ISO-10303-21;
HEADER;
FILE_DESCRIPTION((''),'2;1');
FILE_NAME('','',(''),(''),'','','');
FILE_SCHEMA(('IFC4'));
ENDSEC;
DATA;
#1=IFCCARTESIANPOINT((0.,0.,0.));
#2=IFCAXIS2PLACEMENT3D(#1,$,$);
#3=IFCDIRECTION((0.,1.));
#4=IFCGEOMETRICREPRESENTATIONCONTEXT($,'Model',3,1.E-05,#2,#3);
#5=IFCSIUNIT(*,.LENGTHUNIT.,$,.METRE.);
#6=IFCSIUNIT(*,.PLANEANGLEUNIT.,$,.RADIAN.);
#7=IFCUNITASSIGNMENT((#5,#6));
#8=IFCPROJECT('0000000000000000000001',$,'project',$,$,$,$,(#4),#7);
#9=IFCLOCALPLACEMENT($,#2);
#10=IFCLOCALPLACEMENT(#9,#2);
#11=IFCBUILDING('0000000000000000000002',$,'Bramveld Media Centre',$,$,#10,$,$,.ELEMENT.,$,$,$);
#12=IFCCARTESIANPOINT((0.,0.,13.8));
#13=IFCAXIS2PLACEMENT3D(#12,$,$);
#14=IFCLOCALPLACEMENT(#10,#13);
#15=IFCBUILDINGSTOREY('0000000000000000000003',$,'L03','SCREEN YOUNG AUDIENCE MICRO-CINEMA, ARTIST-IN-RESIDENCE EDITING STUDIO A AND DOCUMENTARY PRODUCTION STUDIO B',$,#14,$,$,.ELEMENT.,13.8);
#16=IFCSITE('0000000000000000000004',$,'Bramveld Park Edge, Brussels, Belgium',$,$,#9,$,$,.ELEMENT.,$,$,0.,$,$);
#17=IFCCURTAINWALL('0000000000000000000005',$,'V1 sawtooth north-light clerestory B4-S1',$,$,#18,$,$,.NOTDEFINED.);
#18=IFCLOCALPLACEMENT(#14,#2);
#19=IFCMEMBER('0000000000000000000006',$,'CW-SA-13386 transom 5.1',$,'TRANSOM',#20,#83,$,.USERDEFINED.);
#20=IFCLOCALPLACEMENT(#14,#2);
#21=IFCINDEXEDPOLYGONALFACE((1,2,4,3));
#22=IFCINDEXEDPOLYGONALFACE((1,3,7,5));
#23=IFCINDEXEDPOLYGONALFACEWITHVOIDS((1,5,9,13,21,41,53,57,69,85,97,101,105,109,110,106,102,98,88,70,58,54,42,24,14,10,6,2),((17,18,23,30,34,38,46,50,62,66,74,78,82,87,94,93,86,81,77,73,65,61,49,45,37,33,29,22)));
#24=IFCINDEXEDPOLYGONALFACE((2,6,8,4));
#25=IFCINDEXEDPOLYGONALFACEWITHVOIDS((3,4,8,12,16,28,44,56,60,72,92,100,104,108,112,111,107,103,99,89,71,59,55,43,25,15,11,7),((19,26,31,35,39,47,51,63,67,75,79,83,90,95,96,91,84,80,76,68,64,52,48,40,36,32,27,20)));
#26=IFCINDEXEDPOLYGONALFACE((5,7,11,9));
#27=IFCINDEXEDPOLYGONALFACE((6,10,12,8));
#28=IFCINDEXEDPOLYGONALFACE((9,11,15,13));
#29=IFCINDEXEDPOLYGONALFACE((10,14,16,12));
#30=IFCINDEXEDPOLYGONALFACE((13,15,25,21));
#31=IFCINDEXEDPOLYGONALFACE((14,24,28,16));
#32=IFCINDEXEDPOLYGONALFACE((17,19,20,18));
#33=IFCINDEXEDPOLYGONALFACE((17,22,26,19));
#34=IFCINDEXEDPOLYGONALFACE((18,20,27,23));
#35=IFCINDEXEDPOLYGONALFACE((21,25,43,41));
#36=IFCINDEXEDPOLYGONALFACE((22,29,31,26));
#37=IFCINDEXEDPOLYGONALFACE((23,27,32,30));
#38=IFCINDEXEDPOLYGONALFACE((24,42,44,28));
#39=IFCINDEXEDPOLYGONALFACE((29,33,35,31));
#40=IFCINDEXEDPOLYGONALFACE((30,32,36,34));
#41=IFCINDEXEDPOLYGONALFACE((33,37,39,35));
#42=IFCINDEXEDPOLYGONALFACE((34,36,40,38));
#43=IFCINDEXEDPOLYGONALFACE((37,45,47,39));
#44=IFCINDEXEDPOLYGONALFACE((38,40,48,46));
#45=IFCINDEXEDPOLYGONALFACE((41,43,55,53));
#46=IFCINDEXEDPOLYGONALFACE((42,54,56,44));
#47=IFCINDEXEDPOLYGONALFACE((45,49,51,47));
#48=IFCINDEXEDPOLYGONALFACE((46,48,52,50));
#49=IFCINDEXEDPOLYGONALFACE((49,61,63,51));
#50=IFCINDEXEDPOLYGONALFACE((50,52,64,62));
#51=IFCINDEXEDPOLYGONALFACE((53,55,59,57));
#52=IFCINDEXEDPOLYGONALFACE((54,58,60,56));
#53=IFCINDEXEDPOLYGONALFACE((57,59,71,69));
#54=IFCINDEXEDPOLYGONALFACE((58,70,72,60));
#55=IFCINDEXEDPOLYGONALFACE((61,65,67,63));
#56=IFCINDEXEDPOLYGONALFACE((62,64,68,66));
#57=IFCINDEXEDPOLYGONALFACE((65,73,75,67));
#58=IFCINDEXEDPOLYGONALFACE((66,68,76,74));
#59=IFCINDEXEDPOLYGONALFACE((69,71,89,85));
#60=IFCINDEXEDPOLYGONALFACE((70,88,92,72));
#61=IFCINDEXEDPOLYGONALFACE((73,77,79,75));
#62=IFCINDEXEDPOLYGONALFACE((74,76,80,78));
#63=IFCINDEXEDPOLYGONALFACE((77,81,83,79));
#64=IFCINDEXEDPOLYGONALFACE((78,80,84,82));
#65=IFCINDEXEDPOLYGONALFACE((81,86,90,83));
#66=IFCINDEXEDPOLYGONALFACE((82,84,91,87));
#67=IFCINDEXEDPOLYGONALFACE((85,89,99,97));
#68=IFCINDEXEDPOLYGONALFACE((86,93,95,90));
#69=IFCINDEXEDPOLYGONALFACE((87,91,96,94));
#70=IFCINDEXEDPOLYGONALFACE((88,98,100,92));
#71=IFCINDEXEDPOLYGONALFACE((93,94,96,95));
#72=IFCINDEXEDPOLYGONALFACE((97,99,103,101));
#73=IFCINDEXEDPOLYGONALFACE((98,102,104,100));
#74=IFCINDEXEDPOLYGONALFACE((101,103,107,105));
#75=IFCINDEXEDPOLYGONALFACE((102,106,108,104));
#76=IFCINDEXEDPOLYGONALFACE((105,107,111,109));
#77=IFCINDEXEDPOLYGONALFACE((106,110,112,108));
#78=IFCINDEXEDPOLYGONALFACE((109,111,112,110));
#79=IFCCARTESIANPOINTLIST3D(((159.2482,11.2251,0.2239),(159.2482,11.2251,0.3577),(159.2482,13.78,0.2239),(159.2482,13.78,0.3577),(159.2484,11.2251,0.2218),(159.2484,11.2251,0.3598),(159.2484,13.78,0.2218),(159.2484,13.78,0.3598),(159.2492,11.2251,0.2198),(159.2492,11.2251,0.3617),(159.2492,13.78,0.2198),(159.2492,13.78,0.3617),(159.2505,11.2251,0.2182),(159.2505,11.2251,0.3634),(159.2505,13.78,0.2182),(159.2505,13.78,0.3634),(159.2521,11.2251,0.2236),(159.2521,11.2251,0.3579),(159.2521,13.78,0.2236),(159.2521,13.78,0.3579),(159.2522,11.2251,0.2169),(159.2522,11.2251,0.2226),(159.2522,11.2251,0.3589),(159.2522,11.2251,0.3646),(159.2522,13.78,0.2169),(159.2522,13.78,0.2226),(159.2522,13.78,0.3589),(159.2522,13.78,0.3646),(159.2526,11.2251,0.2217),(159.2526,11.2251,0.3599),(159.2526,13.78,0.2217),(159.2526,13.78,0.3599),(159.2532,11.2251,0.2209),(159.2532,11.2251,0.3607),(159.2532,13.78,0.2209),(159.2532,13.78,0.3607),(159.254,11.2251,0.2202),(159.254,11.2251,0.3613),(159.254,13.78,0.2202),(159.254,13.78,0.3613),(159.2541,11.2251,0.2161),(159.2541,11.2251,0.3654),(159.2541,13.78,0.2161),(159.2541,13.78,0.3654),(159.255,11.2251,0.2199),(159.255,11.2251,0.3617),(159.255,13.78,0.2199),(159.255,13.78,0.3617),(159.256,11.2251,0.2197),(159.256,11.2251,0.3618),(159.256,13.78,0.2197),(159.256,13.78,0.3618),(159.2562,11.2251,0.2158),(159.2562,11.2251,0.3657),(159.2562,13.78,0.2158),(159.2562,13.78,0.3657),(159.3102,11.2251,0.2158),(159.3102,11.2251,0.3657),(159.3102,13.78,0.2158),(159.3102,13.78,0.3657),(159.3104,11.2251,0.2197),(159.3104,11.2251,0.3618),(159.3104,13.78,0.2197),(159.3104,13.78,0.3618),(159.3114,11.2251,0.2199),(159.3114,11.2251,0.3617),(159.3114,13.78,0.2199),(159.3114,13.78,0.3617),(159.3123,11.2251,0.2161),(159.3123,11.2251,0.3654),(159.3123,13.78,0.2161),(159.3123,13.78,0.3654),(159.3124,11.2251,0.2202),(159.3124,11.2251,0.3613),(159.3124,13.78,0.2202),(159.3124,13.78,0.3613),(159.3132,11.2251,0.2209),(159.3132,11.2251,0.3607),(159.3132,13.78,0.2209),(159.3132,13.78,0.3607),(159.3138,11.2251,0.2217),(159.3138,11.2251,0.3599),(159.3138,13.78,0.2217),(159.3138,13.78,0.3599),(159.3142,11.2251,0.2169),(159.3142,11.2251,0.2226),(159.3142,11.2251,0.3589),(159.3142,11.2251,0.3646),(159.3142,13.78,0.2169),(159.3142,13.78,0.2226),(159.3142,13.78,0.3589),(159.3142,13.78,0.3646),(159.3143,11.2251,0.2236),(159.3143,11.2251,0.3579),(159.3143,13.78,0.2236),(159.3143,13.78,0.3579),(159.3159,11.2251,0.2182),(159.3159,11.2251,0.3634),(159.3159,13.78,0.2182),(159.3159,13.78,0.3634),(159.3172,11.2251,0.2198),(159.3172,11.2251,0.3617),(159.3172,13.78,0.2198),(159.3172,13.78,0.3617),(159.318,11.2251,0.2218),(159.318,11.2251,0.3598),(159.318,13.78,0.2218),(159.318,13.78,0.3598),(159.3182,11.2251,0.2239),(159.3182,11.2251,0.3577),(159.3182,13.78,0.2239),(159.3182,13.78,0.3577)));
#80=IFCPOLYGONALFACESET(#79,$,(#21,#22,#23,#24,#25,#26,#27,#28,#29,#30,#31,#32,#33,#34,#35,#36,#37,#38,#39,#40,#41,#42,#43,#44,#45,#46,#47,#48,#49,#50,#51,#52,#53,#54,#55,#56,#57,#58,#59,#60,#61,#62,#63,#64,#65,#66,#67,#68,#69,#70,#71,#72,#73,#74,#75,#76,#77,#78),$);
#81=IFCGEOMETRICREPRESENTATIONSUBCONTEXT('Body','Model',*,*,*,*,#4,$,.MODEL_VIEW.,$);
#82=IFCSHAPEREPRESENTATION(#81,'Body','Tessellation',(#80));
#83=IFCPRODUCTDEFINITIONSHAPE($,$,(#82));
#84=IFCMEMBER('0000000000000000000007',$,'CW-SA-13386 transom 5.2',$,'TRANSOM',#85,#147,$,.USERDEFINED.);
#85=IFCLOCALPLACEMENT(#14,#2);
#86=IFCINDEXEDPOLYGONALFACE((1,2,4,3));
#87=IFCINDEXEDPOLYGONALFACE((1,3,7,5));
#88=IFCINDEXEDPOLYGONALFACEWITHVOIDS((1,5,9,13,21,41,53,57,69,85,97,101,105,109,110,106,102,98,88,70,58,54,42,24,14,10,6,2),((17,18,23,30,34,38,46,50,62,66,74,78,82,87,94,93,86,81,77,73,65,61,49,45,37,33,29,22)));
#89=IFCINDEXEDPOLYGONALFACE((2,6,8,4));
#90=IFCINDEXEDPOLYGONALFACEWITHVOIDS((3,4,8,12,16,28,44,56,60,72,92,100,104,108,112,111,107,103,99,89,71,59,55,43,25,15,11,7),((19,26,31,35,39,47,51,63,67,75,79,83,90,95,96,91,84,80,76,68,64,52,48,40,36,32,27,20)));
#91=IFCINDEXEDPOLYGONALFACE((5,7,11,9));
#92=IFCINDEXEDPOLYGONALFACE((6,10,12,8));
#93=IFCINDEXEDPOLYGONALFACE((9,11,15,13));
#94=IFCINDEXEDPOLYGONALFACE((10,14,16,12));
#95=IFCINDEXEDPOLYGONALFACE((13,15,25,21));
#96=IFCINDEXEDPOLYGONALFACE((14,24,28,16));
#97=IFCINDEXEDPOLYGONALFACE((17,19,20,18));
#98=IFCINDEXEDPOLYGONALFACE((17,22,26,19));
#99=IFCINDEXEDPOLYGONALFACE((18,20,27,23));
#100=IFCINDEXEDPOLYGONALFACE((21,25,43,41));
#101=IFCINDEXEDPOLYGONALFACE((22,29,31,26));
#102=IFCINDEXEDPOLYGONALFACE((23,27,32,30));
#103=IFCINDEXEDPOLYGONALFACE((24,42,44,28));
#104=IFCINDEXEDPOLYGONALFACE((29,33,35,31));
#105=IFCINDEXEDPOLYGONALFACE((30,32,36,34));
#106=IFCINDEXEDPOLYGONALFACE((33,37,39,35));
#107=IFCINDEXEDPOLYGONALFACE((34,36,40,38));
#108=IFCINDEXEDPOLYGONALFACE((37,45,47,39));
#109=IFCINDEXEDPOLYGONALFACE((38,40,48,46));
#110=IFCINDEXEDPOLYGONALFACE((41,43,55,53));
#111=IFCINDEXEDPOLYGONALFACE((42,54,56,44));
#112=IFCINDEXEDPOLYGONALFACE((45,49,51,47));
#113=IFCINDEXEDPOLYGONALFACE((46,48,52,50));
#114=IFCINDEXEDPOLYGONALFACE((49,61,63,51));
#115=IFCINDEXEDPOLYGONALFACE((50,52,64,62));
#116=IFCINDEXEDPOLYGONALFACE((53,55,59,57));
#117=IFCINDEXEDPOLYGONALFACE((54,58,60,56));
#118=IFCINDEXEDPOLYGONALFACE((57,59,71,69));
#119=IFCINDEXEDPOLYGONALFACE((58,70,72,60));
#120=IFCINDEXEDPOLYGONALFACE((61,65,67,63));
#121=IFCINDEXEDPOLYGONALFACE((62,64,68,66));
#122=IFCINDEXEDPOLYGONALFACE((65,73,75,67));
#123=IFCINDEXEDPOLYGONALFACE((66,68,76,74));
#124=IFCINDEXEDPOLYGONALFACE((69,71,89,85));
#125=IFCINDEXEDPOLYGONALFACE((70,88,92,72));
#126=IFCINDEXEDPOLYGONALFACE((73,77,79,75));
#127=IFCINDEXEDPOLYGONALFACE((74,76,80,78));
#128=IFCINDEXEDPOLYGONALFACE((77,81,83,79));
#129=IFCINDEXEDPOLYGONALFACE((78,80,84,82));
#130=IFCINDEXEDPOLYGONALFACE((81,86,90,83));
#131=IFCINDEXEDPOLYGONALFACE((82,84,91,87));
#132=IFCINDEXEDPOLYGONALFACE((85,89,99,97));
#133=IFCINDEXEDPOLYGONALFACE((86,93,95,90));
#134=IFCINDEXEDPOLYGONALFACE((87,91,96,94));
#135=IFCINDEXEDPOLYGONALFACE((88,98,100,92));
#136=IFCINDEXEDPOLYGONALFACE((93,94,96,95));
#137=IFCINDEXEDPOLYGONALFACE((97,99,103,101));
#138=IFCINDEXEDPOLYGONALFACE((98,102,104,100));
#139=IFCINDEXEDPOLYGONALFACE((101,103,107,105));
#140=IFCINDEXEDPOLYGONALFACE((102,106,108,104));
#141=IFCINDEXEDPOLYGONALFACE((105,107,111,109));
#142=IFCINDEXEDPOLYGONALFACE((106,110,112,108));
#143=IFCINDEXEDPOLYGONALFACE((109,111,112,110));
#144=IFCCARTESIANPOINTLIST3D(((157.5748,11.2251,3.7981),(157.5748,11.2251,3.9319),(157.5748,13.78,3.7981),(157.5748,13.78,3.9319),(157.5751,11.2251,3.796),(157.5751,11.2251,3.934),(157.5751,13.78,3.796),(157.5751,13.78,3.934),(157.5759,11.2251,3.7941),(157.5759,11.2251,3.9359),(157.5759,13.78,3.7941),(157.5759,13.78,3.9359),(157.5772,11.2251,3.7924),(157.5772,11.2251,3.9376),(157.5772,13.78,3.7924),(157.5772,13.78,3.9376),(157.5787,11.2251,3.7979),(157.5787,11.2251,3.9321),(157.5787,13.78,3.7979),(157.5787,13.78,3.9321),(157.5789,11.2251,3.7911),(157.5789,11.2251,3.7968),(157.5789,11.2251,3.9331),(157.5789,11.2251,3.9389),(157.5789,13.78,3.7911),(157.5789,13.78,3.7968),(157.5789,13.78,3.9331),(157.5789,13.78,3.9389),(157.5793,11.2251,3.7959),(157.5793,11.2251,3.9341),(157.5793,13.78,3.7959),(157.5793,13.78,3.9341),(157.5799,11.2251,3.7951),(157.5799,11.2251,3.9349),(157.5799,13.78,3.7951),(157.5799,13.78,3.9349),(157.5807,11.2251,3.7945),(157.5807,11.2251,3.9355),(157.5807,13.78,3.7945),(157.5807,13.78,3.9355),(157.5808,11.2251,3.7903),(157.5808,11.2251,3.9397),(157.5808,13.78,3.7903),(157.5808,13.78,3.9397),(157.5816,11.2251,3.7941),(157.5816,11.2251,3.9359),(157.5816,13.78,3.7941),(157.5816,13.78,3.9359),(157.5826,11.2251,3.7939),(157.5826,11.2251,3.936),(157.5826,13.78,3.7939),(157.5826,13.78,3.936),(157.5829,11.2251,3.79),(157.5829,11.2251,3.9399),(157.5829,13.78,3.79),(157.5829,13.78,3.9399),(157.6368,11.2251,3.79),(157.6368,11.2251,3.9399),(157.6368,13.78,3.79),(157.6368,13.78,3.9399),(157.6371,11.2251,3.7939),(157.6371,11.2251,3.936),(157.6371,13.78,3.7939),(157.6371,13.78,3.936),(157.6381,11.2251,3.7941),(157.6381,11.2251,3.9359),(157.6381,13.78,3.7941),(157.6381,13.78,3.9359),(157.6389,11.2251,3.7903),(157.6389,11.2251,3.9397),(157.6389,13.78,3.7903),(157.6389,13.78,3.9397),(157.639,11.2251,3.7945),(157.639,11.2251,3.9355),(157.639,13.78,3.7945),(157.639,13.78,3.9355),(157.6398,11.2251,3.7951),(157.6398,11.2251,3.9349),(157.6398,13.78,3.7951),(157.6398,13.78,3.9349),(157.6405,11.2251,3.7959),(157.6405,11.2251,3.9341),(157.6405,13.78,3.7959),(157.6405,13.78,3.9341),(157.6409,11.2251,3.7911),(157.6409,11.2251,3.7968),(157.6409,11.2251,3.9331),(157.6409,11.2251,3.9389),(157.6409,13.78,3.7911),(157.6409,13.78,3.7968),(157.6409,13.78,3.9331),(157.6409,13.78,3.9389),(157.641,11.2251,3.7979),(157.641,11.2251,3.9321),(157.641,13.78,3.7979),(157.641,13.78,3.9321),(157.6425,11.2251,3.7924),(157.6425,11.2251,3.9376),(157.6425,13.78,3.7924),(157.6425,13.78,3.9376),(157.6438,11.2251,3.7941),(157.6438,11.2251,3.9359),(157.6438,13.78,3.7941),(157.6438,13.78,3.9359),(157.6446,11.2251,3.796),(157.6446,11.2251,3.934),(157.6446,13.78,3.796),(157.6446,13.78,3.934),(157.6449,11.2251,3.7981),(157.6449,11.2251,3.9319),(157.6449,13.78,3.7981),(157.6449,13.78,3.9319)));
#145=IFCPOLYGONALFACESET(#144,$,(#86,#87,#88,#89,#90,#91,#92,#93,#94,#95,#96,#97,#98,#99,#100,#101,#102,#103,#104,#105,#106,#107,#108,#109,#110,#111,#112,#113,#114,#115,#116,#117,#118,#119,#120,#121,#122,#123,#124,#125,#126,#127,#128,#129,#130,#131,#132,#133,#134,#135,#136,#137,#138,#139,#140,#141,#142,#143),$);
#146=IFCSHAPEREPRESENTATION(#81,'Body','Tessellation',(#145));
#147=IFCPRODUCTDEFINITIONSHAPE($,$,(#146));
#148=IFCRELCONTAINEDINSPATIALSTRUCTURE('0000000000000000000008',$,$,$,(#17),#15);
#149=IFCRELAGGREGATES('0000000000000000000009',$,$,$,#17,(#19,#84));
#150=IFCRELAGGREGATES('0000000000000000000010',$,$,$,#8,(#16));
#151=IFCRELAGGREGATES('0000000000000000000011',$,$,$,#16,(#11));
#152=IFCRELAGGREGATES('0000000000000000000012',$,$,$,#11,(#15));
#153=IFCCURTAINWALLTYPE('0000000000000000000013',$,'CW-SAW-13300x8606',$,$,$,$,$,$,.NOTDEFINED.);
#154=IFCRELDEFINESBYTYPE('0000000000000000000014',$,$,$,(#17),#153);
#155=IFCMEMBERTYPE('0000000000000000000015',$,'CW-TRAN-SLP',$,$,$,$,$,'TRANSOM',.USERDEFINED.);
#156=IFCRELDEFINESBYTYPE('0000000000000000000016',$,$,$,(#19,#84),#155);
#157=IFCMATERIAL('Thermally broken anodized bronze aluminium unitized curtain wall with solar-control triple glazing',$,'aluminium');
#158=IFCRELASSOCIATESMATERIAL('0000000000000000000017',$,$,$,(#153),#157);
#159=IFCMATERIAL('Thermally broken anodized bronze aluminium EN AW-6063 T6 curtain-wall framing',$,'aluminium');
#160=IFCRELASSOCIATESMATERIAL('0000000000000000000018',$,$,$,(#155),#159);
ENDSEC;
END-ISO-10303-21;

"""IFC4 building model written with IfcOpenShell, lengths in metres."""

from ifc_helpers import new_model, si_unit, direction, frame, origin, origin_2d, place, context, subcontext, project, spatial, hollow_rectangle, extrude, material, material_profile, profile_set, type_object, element, aggregate, save


model = new_model("IFC4")

# Units and contexts
model_context = context("Model", 3, precision=1e-05, world=origin(), true_north=direction((0.0, 1.0)))
body_context = subcontext(model_context, "Body", "Model", "MODEL_VIEW")
ifc_project = project(units=[si_unit("LENGTHUNIT", "METRE"), si_unit("PLANEANGLEUNIT", "RADIAN")], contexts=[model_context])

# Site, building, storey
site_placement = place(None, origin())
site = spatial("IfcSite", under=ifc_project, at=site_placement, Name="Bramveld Park Edge, Brussels, Belgium", CompositionType="ELEMENT", RefElevation=0.0)
building_placement = place(site_placement, origin())
building = spatial("IfcBuilding", under=site, at=building_placement, Name="Bramveld Media Centre", CompositionType="ELEMENT")
storey_placement = place(building_placement, frame((0.0, 0.0, 13.8)))
storey = spatial("IfcBuildingStorey", under=building, at=storey_placement, Name="L03", Description="SCREEN YOUNG AUDIENCE MICRO-CINEMA, ARTIST-IN-RESIDENCE EDITING STUDIO A AND DOCUMENTARY PRODUCTION STUDIO B", CompositionType="ELEMENT", Elevation=13.8)

# Curtain wall
ifc_material_1 = material(Name="Thermally broken anodized bronze aluminium unitized curtain wall with solar-control triple glazing", Category="aluminium")
curtain_wall_type = type_object("IfcCurtainWallType", Name="CW-SAW-13300x8606", PredefinedType="NOTDEFINED", material=ifc_material_1)
curtain_wall_1_placement = place(storey_placement, origin())
curtain_wall_1 = element("IfcCurtainWall", 1, at=curtain_wall_1_placement, inside=storey, type_object=curtain_wall_type, Name="V1 sawtooth north-light clerestory B4-S1", PredefinedType="NOTDEFINED")

# Members
ifc_material_2 = material(Name="Thermally broken anodized bronze aluminium EN AW-6063 T6 curtain-wall framing", Category="aluminium")
ifc_material_profile_1 = material_profile(ifc_material_2, hollow_rectangle(XDim=0.0701, YDim=0.1499, WallThickness=0.0039, InnerFilletRadius=0.0039, OuterFilletRadius=0.0081, at=origin_2d()), Name="AL-TRAN 70x150")
ifc_profile_set_1 = profile_set([ifc_material_profile_1], Name="Thermally broken anodized bronze aluminium EN AW-6063 T6 curtain-wall framing")
member_type_1 = type_object("IfcMemberType", Name="CW-TRAN-SLP", ElementType="TRANSOM", PredefinedType="USERDEFINED", material=ifc_profile_set_1)
member_1_placement = place(storey_placement, frame((159.2832, 11.2251, 0.2908), z_axis=(0.0, 1.0, 0.0), x_axis=(-1.0, 0.0, 0.0)))
member_1 = element("IfcMember", 2, at=member_1_placement, type_object=member_type_1, Name="CW-SA-13386 transom 5.1", ObjectType="TRANSOM", PredefinedType="USERDEFINED", context=body_context, shape_type="SweptSolid", body=[
    extrude(hollow_rectangle(XDim=0.0701, YDim=0.1499, WallThickness=0.0039, InnerFilletRadius=0.0039, OuterFilletRadius=0.0081, at=origin_2d()), origin(), (0.0, 0.0, 1.0), 2.5549),
])
member_2_placement = place(storey_placement, frame((157.6099, 11.2251, 3.865), z_axis=(0.0, 1.0, 0.0), x_axis=(-1.0, 0.0, 0.0)))
member_2 = element("IfcMember", 3, at=member_2_placement, type_object=member_type_1, Name="CW-SA-13386 transom 5.2", ObjectType="TRANSOM", PredefinedType="USERDEFINED", context=body_context, shape_type="SweptSolid", body=[
    extrude(hollow_rectangle(XDim=0.0701, YDim=0.1499, WallThickness=0.0039, InnerFilletRadius=0.0039, OuterFilletRadius=0.0081, at=origin_2d()), origin(), (0.0, 0.0, 1.0), 2.5549),
])

aggregate(curtain_wall_1, [member_1, member_2])

save(model, "model.ifc")
